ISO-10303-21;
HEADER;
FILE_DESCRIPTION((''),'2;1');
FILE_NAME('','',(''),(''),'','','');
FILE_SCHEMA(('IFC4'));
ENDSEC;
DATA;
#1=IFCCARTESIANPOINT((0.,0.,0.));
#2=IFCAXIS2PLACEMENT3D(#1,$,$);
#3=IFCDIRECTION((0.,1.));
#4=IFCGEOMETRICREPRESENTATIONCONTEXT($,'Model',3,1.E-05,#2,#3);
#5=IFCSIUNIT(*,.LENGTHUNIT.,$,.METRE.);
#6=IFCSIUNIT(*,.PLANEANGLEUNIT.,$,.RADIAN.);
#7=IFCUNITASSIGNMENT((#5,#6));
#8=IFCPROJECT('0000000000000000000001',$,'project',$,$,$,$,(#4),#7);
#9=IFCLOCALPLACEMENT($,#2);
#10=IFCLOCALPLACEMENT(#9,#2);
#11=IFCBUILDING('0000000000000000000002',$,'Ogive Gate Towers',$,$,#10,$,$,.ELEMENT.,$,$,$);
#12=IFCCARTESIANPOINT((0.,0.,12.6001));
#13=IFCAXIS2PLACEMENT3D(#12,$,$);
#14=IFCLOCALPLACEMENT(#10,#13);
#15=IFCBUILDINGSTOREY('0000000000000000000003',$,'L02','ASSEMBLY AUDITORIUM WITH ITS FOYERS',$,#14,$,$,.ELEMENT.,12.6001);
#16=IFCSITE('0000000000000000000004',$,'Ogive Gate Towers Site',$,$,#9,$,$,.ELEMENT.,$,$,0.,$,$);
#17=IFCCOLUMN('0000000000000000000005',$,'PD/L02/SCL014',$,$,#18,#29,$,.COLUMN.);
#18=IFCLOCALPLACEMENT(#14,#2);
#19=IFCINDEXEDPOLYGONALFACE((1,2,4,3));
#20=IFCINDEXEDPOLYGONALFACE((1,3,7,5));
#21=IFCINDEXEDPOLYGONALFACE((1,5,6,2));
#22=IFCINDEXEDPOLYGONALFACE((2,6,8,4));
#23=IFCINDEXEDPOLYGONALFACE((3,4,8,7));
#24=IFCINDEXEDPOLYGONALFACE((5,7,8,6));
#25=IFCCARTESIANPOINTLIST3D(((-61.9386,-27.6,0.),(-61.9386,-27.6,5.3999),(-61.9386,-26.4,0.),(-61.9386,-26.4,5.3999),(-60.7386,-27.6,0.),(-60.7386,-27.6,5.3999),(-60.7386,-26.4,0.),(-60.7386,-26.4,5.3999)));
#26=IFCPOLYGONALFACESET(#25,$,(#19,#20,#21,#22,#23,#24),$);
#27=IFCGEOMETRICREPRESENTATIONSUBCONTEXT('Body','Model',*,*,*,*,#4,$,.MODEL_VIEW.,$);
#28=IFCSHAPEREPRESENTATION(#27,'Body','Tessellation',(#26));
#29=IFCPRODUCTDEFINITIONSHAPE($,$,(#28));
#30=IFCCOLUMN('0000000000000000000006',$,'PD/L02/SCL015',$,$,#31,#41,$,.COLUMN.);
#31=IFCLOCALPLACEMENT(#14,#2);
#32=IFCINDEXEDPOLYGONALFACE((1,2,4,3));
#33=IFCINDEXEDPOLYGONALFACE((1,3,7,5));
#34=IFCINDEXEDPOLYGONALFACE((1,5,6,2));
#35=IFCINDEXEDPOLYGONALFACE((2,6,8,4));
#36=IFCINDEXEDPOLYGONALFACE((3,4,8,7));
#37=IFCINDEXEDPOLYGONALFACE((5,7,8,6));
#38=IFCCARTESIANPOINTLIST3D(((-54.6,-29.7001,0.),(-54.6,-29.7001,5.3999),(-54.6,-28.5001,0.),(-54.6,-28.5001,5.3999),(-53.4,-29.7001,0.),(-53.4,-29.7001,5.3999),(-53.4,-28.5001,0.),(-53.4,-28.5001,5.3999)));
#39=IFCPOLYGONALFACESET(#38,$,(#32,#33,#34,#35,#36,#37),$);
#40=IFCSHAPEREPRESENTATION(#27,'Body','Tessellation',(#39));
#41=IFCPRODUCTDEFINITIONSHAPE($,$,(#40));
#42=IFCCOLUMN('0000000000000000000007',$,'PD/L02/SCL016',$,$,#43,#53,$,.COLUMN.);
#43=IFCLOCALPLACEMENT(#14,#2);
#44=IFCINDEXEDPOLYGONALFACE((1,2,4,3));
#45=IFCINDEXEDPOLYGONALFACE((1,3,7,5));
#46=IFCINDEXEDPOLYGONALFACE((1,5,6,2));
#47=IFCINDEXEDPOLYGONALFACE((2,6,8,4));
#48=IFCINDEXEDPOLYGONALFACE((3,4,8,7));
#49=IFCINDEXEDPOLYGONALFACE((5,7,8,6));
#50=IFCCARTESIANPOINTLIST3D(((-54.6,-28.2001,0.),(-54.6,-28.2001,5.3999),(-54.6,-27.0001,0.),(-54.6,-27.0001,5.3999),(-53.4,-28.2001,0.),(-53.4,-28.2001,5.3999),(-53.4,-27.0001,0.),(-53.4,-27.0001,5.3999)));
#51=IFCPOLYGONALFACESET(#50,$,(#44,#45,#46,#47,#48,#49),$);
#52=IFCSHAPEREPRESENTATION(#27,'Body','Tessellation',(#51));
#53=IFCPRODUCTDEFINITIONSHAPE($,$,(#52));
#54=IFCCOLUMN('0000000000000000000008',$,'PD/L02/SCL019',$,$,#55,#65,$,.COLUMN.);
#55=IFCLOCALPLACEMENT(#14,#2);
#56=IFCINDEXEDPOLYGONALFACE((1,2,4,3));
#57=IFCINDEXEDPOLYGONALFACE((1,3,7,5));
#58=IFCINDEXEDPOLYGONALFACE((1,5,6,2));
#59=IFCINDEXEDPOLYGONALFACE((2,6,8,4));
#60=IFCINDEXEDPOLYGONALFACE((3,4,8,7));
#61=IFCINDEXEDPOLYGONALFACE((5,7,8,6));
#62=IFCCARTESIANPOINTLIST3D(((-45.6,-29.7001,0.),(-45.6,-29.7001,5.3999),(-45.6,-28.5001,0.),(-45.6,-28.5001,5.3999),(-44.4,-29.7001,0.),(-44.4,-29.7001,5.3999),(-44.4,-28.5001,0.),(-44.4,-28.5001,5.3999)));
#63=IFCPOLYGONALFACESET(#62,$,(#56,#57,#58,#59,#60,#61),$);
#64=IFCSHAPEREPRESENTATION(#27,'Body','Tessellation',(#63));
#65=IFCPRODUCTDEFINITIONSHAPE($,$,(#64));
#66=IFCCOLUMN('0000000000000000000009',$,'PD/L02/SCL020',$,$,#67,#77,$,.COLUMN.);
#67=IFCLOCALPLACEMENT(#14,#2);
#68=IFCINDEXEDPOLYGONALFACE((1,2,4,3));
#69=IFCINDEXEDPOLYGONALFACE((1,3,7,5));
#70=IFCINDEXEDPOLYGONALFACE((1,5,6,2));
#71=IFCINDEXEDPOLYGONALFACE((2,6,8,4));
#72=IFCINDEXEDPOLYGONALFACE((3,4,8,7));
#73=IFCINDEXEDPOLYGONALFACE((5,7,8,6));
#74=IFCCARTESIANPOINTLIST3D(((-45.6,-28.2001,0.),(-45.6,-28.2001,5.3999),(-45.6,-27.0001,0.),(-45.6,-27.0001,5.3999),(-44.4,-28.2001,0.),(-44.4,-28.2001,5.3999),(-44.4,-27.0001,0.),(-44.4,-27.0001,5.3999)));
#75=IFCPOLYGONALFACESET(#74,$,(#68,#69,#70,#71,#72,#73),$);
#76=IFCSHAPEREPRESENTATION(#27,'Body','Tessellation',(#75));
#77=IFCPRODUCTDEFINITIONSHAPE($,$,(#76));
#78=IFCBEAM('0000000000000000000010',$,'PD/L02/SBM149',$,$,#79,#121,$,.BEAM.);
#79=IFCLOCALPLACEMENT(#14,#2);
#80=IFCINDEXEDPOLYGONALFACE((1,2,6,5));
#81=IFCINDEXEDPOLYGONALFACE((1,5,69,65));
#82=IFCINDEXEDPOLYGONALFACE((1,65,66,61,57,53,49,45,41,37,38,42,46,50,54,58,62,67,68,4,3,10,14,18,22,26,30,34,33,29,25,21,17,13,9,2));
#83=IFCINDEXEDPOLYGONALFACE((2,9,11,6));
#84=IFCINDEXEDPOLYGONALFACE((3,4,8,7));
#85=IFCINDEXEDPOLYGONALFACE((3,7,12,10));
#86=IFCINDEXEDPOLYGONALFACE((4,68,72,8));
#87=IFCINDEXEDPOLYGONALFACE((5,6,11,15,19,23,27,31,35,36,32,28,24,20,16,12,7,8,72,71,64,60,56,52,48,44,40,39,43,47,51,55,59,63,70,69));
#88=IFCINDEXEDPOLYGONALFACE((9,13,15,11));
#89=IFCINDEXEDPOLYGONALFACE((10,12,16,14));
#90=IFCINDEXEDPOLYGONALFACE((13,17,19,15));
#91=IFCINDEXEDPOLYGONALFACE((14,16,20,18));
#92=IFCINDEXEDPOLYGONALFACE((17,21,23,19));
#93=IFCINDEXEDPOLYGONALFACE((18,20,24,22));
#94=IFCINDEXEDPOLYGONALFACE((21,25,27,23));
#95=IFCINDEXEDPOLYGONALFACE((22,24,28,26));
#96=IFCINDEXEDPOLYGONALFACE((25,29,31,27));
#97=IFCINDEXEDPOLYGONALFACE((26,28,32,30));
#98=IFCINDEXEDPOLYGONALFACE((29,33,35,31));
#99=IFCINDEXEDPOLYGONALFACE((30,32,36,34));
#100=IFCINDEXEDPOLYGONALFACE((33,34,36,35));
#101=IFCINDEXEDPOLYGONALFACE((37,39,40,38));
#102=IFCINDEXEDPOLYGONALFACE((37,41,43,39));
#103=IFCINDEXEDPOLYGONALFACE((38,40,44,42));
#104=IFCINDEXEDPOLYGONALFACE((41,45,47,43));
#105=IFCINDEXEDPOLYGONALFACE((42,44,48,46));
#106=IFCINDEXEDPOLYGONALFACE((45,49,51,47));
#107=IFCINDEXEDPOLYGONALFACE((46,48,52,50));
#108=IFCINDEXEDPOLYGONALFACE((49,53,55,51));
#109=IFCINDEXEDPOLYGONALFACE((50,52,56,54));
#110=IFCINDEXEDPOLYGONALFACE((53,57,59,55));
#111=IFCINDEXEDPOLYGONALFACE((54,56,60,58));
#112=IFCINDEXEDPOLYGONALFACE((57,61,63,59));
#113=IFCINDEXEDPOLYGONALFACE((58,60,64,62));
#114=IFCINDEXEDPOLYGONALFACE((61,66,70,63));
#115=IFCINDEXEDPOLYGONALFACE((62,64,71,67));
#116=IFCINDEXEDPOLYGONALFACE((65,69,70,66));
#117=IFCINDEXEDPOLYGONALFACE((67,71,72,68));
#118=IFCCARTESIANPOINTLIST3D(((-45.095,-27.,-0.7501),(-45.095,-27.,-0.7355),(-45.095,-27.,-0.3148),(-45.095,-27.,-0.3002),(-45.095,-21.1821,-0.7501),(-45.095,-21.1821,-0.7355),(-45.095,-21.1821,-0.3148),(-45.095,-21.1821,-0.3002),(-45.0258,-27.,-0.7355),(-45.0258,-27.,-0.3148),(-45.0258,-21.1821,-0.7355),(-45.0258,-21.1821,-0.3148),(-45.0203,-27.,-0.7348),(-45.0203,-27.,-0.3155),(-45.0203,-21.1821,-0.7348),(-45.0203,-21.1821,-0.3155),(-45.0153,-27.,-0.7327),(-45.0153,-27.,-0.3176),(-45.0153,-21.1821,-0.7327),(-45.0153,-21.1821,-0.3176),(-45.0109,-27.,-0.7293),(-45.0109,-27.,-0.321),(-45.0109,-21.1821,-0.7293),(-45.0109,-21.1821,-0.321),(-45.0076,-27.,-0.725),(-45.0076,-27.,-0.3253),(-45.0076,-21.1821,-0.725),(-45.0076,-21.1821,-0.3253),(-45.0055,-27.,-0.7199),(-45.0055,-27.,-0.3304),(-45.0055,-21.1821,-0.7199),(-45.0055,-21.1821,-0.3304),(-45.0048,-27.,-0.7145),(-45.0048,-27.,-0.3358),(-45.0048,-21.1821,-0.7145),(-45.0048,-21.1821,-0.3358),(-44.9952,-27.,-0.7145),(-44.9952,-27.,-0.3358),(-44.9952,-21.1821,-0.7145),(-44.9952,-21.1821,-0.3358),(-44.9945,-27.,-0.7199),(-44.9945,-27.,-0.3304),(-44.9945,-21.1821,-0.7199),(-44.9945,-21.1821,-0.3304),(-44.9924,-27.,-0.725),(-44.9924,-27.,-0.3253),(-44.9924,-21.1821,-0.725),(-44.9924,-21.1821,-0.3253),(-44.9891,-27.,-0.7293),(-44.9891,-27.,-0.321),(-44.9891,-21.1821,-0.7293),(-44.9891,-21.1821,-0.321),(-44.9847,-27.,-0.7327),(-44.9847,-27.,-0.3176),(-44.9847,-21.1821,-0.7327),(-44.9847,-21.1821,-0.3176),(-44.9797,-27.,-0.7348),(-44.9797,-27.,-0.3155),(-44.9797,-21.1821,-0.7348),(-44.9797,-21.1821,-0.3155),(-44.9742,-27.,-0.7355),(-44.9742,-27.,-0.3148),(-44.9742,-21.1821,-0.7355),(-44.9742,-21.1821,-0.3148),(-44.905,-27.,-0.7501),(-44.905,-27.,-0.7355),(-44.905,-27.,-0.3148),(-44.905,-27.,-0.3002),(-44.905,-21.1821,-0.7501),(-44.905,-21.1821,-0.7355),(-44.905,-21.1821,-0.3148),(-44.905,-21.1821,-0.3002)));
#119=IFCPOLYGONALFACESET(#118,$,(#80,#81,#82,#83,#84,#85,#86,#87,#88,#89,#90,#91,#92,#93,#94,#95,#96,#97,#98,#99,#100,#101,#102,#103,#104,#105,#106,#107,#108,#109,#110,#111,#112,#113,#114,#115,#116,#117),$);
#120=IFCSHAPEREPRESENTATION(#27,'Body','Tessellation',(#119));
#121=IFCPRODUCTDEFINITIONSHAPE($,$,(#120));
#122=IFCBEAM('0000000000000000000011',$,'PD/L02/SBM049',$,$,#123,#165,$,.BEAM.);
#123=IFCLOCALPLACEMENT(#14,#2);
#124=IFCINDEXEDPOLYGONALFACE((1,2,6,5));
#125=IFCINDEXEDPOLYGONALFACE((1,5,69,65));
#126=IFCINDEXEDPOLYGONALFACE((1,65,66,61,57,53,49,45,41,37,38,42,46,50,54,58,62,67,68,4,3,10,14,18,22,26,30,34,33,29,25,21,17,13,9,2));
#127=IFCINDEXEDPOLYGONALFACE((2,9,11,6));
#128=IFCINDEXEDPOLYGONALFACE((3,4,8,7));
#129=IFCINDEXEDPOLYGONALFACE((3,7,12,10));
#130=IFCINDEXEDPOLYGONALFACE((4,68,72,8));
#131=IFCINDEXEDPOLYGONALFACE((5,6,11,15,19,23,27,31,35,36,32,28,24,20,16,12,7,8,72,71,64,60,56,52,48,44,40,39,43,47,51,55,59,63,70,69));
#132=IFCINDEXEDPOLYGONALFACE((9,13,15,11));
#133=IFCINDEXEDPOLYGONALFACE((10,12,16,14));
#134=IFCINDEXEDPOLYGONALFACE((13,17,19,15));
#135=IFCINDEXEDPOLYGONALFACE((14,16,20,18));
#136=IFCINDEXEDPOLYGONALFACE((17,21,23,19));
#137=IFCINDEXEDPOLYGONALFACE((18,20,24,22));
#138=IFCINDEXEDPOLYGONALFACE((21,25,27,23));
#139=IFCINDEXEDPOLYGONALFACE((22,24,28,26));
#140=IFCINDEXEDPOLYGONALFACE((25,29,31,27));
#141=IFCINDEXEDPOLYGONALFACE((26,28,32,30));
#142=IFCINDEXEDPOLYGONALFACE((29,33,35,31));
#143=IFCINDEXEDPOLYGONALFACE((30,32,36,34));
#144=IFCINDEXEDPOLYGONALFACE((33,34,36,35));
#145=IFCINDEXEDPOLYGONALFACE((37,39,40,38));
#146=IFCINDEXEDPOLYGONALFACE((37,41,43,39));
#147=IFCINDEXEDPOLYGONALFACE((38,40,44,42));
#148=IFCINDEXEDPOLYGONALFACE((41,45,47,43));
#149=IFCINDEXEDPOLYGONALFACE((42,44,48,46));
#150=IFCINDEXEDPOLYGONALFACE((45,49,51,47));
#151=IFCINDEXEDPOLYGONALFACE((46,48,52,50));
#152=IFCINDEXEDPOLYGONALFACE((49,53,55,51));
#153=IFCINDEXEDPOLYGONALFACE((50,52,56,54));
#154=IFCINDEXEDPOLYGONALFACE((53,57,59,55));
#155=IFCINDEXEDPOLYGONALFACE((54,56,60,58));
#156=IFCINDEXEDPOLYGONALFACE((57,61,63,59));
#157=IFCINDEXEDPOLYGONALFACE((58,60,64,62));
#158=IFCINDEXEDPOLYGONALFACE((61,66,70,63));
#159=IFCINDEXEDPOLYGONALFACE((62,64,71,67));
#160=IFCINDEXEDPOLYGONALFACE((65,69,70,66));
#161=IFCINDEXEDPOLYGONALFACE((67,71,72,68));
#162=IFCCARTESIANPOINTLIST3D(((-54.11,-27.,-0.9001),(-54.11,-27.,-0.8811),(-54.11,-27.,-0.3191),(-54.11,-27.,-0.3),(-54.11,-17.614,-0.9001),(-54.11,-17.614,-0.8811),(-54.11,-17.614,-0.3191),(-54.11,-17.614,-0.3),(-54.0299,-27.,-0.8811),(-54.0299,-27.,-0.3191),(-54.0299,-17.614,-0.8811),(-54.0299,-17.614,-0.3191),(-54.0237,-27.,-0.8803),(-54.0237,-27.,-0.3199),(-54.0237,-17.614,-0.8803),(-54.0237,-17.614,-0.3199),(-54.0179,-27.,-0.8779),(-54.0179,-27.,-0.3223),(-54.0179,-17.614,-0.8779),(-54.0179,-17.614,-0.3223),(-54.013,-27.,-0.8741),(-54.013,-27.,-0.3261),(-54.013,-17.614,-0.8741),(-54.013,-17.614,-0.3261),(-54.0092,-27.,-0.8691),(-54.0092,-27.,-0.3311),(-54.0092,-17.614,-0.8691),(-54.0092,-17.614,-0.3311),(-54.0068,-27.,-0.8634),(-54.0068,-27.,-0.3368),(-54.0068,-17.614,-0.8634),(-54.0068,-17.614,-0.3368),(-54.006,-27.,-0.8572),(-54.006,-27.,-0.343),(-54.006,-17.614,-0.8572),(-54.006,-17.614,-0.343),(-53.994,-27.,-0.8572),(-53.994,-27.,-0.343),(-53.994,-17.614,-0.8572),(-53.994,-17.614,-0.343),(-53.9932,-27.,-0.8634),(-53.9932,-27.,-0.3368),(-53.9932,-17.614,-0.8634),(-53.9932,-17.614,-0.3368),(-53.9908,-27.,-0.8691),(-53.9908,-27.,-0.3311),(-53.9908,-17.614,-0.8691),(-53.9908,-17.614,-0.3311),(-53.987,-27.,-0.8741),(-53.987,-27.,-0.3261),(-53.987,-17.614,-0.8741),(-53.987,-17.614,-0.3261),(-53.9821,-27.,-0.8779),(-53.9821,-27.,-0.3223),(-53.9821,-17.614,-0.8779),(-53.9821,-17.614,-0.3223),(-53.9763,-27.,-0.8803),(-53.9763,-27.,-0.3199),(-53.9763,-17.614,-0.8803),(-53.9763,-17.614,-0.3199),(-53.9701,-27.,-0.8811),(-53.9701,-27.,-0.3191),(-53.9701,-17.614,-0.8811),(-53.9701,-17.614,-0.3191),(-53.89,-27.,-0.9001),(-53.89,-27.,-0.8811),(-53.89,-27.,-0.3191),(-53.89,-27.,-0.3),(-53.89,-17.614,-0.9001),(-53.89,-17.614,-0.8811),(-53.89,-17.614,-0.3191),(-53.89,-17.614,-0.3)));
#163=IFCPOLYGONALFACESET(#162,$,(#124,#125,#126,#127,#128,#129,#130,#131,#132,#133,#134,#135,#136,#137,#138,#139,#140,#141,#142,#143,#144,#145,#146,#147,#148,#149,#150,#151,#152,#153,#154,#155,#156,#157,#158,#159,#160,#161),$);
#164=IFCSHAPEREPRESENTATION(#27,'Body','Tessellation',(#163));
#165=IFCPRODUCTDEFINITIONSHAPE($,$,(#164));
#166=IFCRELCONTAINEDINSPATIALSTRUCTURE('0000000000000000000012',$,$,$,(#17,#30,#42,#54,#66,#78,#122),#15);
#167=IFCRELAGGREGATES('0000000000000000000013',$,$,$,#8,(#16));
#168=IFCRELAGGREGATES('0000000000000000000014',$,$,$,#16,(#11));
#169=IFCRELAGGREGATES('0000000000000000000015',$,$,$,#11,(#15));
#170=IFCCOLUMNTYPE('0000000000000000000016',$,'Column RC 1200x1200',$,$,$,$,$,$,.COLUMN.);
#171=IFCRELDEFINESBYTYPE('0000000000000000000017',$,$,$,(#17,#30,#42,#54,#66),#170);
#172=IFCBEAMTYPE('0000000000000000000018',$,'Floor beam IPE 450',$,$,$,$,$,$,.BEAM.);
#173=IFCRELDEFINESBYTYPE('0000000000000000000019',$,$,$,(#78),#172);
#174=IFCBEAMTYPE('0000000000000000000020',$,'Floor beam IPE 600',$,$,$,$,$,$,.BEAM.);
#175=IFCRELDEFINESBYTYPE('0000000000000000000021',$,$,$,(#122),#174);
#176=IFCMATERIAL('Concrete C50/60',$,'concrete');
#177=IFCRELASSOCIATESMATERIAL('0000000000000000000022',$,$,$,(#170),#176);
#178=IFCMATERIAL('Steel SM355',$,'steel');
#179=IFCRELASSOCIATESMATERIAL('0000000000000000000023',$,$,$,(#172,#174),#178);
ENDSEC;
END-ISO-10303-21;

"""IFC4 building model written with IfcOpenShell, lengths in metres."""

from ifc_helpers import new_model, si_unit, direction, frame, origin, origin_2d, place, context, subcontext, project, spatial, rectangle, i_section, extrude, material, material_profile, profile_set, type_object, element, save


model = new_model("IFC4")

# Units and contexts
model_context = context("Model", 3, precision=1e-05, world=origin(), true_north=direction((0.0, 1.0)))
body_context = subcontext(model_context, "Body", "Model", "MODEL_VIEW")
ifc_project = project(units=[si_unit("LENGTHUNIT", "METRE"), si_unit("PLANEANGLEUNIT", "RADIAN")], contexts=[model_context])

# Site, building, storey
site_placement = place(None, origin())
site = spatial("IfcSite", under=ifc_project, at=site_placement, Name="Ogive Gate Towers Site", CompositionType="ELEMENT", RefElevation=0.0)
building_placement = place(site_placement, origin())
building = spatial("IfcBuilding", under=site, at=building_placement, Name="Ogive Gate Towers", CompositionType="ELEMENT")
storey_placement = place(building_placement, frame((0.0, 0.0, 12.6001)))
storey = spatial("IfcBuildingStorey", under=building, at=storey_placement, Name="L02", Description="ASSEMBLY AUDITORIUM WITH ITS FOYERS", CompositionType="ELEMENT", Elevation=12.6001)

# Columns
ifc_material_1 = material(Name="Concrete C50/60", Category="concrete")
ifc_material_profile_1 = material_profile(ifc_material_1, rectangle(XDim=1.2, YDim=1.2, at=origin_2d()), Name="RC 1200x1200")
ifc_profile_set_1 = profile_set([ifc_material_profile_1], Name="Concrete C50/60")
column_type = type_object("IfcColumnType", Name="Column RC 1200x1200", PredefinedType="COLUMN", material=ifc_profile_set_1)
for number, where, z_axis, x_axis, name in (
    (1, (-61.3386, -27.0, 0.0), (0.0, 0.0, 1.0), (1.0, 0.0, 0.0), "PD/L02/SCL014"),
    (2, (-54.0, -29.1001, 0.0), (0.0, 0.0, 1.0), (1.0, 0.0, 0.0), "PD/L02/SCL015"),
    (3, (-54.0, -27.6001, 0.0), (0.0, 0.0, 1.0), (1.0, 0.0, 0.0), "PD/L02/SCL016"),
    (4, (-45.0, -29.1001, 0.0), (0.0, 0.0, 1.0), (1.0, 0.0, 0.0), "PD/L02/SCL019"),
    (5, (-45.0, -27.6001, 0.0), (0.0, 0.0, 1.0), (1.0, 0.0, 0.0), "PD/L02/SCL020"),
):
    element("IfcColumn", number, at=place(storey_placement, frame(where, z_axis=z_axis, x_axis=x_axis)), inside=storey, type_object=column_type, Name=name, PredefinedType="COLUMN", context=body_context, shape_type="SweptSolid", body=[
        extrude(rectangle(XDim=1.2, YDim=1.2, at=origin_2d()), origin(), (0.0, 0.0, 1.0), 5.3999),
    ])

# Beams
ifc_material_2 = material(Name="Steel SM355", Category="steel")
ifc_material_profile_2 = material_profile(ifc_material_2, i_section(OverallWidth=0.1899, OverallDepth=0.45, WebThickness=0.0095, FlangeThickness=0.0146, FilletRadius=0.021, at=origin_2d()), Name="IPE 450")
ifc_profile_set_2 = profile_set([ifc_material_profile_2], Name="Steel SM355")
beam_type_1 = type_object("IfcBeamType", Name="Floor beam IPE 450", PredefinedType="BEAM", material=ifc_profile_set_2)
beam_1_placement = place(storey_placement, frame((-45.0, -27.0, -0.5251), z_axis=(0.0, 1.0, 0.0), x_axis=(-1.0, 0.0, 0.0)))
element("IfcBeam", 6, at=beam_1_placement, inside=storey, type_object=beam_type_1, Name="PD/L02/SBM149", PredefinedType="BEAM", context=body_context, shape_type="SweptSolid", body=[
    extrude(i_section(OverallWidth=0.1899, OverallDepth=0.45, WebThickness=0.0095, FlangeThickness=0.0146, FilletRadius=0.021, at=origin_2d()), origin(), (0.0, 0.0, 1.0), 5.8179),
])
ifc_material_profile_3 = material_profile(ifc_material_2, i_section(OverallWidth=0.22, OverallDepth=0.6001, WebThickness=0.012, FlangeThickness=0.019, FilletRadius=0.0239, at=origin_2d()), Name="IPE 600")
ifc_profile_set_3 = profile_set([ifc_material_profile_3], Name="Steel SM355")
beam_type_2 = type_object("IfcBeamType", Name="Floor beam IPE 600", PredefinedType="BEAM", material=ifc_profile_set_3)
beam_2_placement = place(storey_placement, frame((-54.0, -27.0, -0.6001), z_axis=(0.0, 1.0, 0.0), x_axis=(-1.0, 0.0, 0.0)))
element("IfcBeam", 7, at=beam_2_placement, inside=storey, type_object=beam_type_2, Name="PD/L02/SBM049", PredefinedType="BEAM", context=body_context, shape_type="SweptSolid", body=[
    extrude(i_section(OverallWidth=0.22, OverallDepth=0.6001, WebThickness=0.012, FlangeThickness=0.019, FilletRadius=0.0239, at=origin_2d()), origin(), (0.0, 0.0, 1.0), 9.386),
])

save(model, "model.ifc")
